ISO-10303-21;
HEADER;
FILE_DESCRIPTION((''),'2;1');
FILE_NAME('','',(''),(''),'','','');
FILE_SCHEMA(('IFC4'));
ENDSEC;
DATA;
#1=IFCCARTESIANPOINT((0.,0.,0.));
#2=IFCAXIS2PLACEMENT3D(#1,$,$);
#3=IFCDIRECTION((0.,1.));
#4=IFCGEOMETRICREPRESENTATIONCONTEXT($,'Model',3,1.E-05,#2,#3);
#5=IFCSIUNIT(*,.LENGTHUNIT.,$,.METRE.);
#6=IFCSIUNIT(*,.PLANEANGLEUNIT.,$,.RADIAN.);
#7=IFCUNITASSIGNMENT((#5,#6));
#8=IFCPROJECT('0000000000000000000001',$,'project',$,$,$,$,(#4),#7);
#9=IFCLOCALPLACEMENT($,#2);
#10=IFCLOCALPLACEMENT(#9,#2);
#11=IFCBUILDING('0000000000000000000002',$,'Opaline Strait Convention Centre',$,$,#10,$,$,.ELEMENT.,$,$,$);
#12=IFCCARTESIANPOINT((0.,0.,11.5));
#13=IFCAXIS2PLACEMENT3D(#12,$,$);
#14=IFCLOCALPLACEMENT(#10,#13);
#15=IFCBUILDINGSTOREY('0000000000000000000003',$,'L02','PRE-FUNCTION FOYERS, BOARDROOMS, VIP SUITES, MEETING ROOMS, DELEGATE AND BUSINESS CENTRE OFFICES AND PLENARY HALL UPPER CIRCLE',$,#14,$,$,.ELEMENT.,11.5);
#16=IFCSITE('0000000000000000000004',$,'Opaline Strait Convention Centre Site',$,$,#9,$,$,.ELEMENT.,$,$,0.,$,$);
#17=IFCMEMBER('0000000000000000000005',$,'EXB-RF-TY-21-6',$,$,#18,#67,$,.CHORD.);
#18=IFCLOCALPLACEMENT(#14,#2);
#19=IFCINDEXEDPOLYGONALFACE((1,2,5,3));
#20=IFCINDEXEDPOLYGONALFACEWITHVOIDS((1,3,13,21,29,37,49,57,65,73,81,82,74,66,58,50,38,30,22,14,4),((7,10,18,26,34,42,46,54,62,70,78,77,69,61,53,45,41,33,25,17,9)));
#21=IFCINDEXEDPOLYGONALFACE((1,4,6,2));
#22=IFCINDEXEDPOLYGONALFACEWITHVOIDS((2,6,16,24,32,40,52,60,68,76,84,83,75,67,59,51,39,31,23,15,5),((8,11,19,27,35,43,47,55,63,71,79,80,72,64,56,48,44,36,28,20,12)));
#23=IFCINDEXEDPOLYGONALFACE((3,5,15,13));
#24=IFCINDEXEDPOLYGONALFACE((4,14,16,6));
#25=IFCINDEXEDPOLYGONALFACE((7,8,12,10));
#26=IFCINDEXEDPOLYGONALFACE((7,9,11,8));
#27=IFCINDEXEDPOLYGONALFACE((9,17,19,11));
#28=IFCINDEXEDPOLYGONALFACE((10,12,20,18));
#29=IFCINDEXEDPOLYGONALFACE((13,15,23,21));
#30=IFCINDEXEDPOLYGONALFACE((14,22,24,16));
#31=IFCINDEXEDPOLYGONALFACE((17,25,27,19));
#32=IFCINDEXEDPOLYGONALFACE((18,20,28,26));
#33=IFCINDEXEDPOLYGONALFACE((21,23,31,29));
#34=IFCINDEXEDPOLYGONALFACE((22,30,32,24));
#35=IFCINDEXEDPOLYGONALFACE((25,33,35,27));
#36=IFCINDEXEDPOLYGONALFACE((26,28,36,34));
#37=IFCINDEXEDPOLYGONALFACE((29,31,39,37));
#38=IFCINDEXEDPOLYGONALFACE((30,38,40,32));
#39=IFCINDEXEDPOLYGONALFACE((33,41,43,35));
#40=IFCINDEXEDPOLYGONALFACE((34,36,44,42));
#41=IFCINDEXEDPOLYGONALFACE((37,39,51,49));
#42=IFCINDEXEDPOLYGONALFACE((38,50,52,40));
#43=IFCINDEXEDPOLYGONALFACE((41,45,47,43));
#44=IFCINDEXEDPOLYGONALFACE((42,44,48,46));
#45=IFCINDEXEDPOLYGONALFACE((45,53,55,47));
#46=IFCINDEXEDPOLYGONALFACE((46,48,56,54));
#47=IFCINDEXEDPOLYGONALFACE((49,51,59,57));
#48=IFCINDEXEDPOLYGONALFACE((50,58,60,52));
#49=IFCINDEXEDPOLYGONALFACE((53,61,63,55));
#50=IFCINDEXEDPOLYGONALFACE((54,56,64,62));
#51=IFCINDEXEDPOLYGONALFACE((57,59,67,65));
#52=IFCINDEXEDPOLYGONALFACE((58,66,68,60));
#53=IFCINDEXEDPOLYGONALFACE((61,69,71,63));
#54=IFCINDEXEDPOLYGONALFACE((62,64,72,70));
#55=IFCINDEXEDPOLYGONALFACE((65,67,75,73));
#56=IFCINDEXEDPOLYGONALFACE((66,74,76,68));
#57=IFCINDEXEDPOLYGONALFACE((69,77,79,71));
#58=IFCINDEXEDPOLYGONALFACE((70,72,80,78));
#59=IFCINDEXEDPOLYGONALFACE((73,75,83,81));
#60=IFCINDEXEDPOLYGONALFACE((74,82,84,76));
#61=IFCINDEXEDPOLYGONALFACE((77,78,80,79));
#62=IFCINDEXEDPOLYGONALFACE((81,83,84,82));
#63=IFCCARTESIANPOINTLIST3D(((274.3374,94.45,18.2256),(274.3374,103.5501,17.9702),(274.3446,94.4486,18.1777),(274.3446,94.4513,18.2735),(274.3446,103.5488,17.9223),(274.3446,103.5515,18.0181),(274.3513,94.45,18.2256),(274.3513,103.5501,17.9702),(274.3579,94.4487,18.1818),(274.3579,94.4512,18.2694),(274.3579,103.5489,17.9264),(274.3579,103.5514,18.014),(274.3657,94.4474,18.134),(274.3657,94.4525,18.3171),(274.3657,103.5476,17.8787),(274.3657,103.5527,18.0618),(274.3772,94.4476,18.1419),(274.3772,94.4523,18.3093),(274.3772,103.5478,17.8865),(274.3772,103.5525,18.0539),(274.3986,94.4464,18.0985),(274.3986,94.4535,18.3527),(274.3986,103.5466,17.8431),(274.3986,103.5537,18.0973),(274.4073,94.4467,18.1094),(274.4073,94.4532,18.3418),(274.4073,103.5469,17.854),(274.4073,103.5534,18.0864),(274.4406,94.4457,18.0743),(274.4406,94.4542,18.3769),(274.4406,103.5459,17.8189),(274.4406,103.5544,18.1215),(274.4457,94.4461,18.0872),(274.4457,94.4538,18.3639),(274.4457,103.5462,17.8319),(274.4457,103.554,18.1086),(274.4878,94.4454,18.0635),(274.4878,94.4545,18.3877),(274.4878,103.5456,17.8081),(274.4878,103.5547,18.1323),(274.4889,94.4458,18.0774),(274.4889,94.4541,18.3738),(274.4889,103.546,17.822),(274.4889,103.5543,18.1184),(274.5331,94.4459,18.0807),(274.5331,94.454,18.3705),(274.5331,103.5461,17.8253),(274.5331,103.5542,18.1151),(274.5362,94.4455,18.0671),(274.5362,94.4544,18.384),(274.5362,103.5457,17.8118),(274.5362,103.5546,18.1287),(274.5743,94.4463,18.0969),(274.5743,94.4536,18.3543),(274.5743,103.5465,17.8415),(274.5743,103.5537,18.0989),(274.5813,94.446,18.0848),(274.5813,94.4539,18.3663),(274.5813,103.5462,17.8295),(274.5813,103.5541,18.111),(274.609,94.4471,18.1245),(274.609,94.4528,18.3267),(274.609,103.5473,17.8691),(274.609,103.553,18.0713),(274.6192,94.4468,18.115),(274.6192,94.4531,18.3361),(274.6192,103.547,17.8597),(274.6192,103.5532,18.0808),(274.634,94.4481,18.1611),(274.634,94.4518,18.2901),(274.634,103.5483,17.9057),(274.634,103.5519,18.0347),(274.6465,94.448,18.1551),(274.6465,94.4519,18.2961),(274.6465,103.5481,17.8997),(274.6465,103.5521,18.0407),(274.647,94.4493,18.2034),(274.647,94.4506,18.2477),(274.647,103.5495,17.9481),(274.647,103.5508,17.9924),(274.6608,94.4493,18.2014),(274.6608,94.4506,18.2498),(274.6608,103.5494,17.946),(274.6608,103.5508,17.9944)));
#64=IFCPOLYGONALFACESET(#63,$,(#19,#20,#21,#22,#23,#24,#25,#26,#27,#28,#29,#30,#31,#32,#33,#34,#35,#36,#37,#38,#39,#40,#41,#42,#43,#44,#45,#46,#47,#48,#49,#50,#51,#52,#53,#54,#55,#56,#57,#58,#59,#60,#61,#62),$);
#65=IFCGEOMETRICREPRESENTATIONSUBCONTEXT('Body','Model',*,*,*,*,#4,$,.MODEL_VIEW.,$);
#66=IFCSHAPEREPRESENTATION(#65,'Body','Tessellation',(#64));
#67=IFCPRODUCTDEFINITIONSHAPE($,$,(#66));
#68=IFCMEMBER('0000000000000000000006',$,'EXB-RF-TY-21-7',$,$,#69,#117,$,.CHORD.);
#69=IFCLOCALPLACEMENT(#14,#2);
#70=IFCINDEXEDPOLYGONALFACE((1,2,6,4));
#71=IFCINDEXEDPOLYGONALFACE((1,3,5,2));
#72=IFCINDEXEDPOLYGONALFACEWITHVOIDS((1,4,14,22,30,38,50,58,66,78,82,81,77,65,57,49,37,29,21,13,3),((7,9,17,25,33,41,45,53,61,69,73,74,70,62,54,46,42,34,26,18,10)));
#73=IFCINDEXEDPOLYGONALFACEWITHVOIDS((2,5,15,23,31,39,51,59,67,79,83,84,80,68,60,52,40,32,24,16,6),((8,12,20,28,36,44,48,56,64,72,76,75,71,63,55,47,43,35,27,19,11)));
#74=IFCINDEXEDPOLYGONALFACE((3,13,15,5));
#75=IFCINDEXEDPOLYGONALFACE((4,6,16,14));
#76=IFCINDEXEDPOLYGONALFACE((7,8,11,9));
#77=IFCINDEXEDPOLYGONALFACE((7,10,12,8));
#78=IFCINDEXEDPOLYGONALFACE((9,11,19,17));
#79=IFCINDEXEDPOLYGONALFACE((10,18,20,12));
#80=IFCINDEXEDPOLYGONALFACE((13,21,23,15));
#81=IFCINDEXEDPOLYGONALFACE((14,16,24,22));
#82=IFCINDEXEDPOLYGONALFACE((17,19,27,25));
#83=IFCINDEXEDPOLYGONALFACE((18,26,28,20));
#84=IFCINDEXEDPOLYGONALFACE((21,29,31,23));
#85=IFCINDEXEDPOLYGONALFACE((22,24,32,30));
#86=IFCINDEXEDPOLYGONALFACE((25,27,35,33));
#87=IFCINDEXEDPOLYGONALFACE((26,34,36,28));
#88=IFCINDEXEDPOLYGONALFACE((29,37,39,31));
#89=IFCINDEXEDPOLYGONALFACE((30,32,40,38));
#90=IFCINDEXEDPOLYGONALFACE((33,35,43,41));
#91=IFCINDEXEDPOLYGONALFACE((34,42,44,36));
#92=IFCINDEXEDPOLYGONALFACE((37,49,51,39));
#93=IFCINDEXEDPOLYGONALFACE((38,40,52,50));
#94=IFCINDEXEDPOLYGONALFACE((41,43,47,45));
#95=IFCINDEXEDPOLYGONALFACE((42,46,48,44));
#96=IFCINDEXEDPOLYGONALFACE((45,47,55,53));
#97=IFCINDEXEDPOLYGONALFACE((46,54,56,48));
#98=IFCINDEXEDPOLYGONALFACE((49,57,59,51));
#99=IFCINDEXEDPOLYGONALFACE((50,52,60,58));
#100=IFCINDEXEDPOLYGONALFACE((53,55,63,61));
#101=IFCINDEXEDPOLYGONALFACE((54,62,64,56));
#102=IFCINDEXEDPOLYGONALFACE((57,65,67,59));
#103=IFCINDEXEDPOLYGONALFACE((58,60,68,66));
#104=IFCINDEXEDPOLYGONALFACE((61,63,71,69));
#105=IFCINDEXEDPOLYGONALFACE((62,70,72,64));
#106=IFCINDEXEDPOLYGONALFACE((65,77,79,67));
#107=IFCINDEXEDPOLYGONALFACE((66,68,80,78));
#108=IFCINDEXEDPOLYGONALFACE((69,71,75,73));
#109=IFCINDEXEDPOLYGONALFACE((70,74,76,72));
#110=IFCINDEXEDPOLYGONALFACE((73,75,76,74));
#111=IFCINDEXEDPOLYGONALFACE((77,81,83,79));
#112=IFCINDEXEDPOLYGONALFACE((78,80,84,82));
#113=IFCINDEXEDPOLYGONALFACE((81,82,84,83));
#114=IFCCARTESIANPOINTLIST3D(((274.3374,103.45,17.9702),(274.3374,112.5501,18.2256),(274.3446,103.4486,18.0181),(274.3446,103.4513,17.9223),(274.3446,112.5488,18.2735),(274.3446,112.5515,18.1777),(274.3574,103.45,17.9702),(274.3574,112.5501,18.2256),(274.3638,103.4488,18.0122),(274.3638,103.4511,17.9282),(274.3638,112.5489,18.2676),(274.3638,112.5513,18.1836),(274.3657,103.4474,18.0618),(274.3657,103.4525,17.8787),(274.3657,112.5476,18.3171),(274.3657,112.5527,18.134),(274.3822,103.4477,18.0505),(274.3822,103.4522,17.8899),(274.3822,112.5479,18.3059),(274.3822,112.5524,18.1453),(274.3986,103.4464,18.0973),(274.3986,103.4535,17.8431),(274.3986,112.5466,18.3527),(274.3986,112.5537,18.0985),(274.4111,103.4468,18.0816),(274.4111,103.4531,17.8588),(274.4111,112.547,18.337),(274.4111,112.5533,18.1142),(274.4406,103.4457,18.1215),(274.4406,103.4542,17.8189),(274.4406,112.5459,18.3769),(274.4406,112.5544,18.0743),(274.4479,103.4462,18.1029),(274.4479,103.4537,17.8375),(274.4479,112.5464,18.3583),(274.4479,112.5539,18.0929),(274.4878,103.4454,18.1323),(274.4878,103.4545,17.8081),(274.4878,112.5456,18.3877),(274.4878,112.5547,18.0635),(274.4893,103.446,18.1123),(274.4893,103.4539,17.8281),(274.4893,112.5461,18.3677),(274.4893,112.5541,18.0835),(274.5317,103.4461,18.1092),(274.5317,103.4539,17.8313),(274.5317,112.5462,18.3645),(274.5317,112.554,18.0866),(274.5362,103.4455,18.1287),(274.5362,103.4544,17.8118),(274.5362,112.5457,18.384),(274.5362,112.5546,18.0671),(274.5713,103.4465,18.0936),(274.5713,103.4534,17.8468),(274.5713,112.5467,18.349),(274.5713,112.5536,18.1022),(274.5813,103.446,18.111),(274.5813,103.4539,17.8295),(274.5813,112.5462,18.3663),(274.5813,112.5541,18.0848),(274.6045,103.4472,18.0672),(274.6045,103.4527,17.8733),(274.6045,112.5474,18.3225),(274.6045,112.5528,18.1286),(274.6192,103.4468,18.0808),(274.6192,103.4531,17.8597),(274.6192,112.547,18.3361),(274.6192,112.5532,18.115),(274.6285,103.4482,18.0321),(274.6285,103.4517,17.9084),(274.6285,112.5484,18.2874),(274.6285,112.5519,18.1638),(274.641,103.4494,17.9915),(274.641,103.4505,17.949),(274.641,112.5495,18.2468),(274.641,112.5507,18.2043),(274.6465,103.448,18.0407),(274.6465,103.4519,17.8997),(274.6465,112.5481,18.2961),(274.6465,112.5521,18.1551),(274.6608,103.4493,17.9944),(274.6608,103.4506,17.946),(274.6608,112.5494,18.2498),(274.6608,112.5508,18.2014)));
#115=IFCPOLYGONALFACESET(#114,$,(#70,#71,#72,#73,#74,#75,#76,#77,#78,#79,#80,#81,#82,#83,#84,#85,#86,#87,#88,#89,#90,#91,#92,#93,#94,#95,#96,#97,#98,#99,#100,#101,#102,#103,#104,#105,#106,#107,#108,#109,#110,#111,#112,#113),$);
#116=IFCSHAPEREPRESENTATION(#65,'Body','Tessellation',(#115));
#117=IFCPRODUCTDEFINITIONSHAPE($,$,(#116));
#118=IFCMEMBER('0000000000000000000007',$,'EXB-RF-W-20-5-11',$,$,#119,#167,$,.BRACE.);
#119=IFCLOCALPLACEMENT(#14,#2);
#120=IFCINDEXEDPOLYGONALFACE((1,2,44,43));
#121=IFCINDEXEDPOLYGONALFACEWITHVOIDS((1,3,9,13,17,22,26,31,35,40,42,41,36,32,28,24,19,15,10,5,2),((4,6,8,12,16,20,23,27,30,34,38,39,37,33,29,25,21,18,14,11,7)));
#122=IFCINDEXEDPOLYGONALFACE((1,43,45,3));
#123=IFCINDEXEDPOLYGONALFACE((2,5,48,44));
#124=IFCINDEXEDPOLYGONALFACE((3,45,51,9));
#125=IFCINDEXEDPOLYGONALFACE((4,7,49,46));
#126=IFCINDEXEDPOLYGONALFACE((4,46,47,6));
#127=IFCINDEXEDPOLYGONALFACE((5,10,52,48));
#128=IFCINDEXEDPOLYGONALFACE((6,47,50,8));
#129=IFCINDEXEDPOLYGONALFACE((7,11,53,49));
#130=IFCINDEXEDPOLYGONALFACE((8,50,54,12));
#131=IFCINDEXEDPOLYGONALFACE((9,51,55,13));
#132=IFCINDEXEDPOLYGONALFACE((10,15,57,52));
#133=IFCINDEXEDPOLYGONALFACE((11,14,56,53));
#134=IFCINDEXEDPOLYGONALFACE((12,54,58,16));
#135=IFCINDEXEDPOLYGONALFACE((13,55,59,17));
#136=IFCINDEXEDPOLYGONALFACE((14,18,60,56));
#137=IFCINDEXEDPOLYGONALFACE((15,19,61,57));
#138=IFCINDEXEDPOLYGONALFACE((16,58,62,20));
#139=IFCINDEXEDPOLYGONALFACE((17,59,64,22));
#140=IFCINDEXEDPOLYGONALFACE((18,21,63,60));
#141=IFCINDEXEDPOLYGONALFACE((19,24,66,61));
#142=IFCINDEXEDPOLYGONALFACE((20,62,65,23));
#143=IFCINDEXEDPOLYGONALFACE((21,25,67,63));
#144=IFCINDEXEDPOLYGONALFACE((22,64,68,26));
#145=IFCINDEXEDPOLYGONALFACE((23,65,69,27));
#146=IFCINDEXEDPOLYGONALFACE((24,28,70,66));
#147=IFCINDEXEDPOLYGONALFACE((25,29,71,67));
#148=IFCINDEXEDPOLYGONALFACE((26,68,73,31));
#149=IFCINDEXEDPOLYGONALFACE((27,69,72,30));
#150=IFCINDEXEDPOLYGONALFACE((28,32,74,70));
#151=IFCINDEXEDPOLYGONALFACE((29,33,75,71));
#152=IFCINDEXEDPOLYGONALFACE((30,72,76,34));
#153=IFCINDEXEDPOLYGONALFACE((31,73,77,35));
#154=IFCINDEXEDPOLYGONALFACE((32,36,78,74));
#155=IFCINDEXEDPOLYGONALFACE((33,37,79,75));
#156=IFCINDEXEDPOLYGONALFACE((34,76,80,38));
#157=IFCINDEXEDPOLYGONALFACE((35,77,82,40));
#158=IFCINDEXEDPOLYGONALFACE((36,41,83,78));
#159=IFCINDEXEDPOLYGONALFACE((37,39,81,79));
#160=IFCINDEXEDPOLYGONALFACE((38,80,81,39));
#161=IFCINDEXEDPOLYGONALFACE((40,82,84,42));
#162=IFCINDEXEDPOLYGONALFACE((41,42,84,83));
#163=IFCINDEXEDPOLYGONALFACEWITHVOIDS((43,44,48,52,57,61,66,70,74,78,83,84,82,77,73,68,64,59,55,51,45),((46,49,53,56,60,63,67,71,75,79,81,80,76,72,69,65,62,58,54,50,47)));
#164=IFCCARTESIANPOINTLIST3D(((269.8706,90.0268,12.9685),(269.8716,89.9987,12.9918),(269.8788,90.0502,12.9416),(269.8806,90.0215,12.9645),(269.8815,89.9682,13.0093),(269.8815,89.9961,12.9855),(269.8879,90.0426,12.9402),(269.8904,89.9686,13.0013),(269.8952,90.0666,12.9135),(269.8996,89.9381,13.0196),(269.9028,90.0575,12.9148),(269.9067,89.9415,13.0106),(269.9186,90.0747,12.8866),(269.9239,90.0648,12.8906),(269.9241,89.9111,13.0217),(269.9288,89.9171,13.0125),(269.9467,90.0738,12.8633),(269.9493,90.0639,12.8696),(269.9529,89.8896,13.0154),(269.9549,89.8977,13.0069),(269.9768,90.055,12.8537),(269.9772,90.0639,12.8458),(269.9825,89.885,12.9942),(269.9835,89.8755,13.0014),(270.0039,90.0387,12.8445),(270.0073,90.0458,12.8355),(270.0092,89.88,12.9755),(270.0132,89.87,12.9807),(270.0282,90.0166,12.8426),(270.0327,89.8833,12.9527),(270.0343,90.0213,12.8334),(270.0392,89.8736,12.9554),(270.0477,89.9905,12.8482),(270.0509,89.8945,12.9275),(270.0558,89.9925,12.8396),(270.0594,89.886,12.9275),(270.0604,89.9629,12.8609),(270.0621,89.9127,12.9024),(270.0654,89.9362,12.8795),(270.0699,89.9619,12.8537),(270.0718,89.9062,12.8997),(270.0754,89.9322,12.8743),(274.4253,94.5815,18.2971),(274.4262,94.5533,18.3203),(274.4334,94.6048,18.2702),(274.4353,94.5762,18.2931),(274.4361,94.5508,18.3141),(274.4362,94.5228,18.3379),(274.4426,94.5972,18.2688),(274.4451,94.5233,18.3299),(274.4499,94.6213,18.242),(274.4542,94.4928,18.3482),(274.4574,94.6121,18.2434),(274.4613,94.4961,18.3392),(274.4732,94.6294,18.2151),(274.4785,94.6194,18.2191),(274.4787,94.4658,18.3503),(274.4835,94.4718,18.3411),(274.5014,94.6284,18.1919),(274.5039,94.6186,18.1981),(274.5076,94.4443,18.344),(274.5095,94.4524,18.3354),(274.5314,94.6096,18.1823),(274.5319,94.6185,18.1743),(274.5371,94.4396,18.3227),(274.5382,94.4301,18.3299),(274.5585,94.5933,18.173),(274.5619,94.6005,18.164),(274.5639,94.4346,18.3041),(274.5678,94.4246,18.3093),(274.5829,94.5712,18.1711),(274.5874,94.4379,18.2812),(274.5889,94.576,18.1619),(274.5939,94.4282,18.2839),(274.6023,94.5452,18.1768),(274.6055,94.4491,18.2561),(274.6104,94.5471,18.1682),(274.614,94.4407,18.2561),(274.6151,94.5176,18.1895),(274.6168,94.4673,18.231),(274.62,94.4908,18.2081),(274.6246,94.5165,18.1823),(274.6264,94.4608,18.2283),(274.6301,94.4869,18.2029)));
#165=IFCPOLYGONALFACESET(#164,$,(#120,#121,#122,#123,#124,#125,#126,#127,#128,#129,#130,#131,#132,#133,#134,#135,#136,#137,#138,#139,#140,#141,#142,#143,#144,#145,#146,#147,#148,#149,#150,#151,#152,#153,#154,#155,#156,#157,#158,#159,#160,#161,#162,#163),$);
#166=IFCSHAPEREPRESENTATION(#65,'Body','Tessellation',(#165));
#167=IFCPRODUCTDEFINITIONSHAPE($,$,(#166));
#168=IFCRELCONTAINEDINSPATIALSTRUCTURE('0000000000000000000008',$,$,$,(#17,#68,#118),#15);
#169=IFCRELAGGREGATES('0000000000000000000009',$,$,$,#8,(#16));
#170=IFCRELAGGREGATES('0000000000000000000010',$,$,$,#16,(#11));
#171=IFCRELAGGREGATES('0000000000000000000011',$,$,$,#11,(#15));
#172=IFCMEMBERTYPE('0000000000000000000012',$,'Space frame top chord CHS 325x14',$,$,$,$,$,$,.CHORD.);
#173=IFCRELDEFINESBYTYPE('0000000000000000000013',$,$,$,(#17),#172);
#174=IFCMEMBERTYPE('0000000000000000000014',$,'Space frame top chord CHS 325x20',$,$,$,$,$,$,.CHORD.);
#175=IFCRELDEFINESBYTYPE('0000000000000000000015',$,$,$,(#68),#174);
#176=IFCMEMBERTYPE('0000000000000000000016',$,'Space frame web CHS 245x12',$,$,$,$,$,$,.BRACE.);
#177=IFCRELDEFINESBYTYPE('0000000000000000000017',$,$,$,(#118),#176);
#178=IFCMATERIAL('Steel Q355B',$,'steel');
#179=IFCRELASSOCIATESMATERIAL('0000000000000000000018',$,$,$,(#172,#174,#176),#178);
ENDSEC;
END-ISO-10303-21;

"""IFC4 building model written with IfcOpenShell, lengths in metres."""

from ifc_helpers import new_model, si_unit, direction, frame, origin, origin_2d, place, context, subcontext, project, spatial, hollow_circle, extrude, material, material_profile, profile_set, type_object, element, save


model = new_model("IFC4")

# Units and contexts
model_context = context("Model", 3, precision=1e-05, world=origin(), true_north=direction((0.0, 1.0)))
body_context = subcontext(model_context, "Body", "Model", "MODEL_VIEW")
ifc_project = project(units=[si_unit("LENGTHUNIT", "METRE"), si_unit("PLANEANGLEUNIT", "RADIAN")], contexts=[model_context])

# Site, building, storey
site_placement = place(None, origin())
site = spatial("IfcSite", under=ifc_project, at=site_placement, Name="Opaline Strait Convention Centre Site", CompositionType="ELEMENT", RefElevation=0.0)
building_placement = place(site_placement, origin())
building = spatial("IfcBuilding", under=site, at=building_placement, Name="Opaline Strait Convention Centre", CompositionType="ELEMENT")
storey_placement = place(building_placement, frame((0.0, 0.0, 11.5)))
storey = spatial("IfcBuildingStorey", under=building, at=storey_placement, Name="L02", Description="PRE-FUNCTION FOYERS, BOARDROOMS, VIP SUITES, MEETING ROOMS, DELEGATE AND BUSINESS CENTRE OFFICES AND PLENARY HALL UPPER CIRCLE", CompositionType="ELEMENT", Elevation=11.5)

# Members
ifc_material_1 = material(Name="Steel Q355B", Category="steel")
ifc_material_profile_1 = material_profile(ifc_material_1, hollow_circle(Radius=0.1626, WallThickness=0.0139, at=origin_2d()), Name="CHS 325x14")
ifc_profile_set_1 = profile_set([ifc_material_profile_1], Name="Steel Q355B")
member_type_1 = type_object("IfcMemberType", Name="Space frame top chord CHS 325x14", PredefinedType="CHORD", material=ifc_profile_set_1)
member_1_placement = place(storey_placement, frame((274.5, 94.45, 18.2256), z_axis=(0.0, 0.999606, -0.028051), x_axis=(-1.0, 0.0, 0.0)))
element("IfcMember", 1, at=member_1_placement, inside=storey, type_object=member_type_1, Name="EXB-RF-TY-21-6", PredefinedType="CHORD", context=body_context, shape_type="SweptSolid", body=[
    extrude(hollow_circle(Radius=0.1626, WallThickness=0.0139, at=origin_2d()), origin(), (0.0, 0.0, 1.0), 9.1038),
])
ifc_material_profile_2 = material_profile(ifc_material_1, hollow_circle(Radius=0.1626, WallThickness=0.02, at=origin_2d()), Name="CHS 325x20")
ifc_profile_set_2 = profile_set([ifc_material_profile_2], Name="Steel Q355B")
member_type_2 = type_object("IfcMemberType", Name="Space frame top chord CHS 325x20", PredefinedType="CHORD", material=ifc_profile_set_2)
member_2_placement = place(storey_placement, frame((274.5, 103.45, 17.9702), z_axis=(0.0, 0.999606, 0.028051), x_axis=(-1.0, 0.0, 0.0)))
element("IfcMember", 2, at=member_2_placement, inside=storey, type_object=member_type_2, Name="EXB-RF-TY-21-7", PredefinedType="CHORD", context=body_context, shape_type="SweptSolid", body=[
    extrude(hollow_circle(Radius=0.1626, WallThickness=0.02, at=origin_2d()), origin(), (0.0, 0.0, 1.0), 9.1038),
])
ifc_material_profile_3 = material_profile(ifc_material_1, hollow_circle(Radius=0.1226, WallThickness=0.012, at=origin_2d()), Name="CHS 245x12")
ifc_profile_set_3 = profile_set([ifc_material_profile_3], Name="Steel Q355B")
member_type_3 = type_object("IfcMemberType", Name="Space frame web CHS 245x12", PredefinedType="BRACE", material=ifc_profile_set_3)
member_3_placement = place(storey_placement, frame((274.5273, 94.5273, 18.2561), z_axis=(-0.544839, -0.544839, -0.637417), x_axis=(0.707107, -0.707107, 0.0)))
element("IfcMember", 3, at=member_3_placement, inside=storey, type_object=member_type_3, Name="EXB-RF-W-20-5-11", PredefinedType="BRACE", context=body_context, shape_type="SweptSolid", body=[
    extrude(hollow_circle(Radius=0.1226, WallThickness=0.012, at=origin_2d()), origin(), (0.0, 0.0, 1.0), 8.3596),
])

save(model, "model.ifc")
